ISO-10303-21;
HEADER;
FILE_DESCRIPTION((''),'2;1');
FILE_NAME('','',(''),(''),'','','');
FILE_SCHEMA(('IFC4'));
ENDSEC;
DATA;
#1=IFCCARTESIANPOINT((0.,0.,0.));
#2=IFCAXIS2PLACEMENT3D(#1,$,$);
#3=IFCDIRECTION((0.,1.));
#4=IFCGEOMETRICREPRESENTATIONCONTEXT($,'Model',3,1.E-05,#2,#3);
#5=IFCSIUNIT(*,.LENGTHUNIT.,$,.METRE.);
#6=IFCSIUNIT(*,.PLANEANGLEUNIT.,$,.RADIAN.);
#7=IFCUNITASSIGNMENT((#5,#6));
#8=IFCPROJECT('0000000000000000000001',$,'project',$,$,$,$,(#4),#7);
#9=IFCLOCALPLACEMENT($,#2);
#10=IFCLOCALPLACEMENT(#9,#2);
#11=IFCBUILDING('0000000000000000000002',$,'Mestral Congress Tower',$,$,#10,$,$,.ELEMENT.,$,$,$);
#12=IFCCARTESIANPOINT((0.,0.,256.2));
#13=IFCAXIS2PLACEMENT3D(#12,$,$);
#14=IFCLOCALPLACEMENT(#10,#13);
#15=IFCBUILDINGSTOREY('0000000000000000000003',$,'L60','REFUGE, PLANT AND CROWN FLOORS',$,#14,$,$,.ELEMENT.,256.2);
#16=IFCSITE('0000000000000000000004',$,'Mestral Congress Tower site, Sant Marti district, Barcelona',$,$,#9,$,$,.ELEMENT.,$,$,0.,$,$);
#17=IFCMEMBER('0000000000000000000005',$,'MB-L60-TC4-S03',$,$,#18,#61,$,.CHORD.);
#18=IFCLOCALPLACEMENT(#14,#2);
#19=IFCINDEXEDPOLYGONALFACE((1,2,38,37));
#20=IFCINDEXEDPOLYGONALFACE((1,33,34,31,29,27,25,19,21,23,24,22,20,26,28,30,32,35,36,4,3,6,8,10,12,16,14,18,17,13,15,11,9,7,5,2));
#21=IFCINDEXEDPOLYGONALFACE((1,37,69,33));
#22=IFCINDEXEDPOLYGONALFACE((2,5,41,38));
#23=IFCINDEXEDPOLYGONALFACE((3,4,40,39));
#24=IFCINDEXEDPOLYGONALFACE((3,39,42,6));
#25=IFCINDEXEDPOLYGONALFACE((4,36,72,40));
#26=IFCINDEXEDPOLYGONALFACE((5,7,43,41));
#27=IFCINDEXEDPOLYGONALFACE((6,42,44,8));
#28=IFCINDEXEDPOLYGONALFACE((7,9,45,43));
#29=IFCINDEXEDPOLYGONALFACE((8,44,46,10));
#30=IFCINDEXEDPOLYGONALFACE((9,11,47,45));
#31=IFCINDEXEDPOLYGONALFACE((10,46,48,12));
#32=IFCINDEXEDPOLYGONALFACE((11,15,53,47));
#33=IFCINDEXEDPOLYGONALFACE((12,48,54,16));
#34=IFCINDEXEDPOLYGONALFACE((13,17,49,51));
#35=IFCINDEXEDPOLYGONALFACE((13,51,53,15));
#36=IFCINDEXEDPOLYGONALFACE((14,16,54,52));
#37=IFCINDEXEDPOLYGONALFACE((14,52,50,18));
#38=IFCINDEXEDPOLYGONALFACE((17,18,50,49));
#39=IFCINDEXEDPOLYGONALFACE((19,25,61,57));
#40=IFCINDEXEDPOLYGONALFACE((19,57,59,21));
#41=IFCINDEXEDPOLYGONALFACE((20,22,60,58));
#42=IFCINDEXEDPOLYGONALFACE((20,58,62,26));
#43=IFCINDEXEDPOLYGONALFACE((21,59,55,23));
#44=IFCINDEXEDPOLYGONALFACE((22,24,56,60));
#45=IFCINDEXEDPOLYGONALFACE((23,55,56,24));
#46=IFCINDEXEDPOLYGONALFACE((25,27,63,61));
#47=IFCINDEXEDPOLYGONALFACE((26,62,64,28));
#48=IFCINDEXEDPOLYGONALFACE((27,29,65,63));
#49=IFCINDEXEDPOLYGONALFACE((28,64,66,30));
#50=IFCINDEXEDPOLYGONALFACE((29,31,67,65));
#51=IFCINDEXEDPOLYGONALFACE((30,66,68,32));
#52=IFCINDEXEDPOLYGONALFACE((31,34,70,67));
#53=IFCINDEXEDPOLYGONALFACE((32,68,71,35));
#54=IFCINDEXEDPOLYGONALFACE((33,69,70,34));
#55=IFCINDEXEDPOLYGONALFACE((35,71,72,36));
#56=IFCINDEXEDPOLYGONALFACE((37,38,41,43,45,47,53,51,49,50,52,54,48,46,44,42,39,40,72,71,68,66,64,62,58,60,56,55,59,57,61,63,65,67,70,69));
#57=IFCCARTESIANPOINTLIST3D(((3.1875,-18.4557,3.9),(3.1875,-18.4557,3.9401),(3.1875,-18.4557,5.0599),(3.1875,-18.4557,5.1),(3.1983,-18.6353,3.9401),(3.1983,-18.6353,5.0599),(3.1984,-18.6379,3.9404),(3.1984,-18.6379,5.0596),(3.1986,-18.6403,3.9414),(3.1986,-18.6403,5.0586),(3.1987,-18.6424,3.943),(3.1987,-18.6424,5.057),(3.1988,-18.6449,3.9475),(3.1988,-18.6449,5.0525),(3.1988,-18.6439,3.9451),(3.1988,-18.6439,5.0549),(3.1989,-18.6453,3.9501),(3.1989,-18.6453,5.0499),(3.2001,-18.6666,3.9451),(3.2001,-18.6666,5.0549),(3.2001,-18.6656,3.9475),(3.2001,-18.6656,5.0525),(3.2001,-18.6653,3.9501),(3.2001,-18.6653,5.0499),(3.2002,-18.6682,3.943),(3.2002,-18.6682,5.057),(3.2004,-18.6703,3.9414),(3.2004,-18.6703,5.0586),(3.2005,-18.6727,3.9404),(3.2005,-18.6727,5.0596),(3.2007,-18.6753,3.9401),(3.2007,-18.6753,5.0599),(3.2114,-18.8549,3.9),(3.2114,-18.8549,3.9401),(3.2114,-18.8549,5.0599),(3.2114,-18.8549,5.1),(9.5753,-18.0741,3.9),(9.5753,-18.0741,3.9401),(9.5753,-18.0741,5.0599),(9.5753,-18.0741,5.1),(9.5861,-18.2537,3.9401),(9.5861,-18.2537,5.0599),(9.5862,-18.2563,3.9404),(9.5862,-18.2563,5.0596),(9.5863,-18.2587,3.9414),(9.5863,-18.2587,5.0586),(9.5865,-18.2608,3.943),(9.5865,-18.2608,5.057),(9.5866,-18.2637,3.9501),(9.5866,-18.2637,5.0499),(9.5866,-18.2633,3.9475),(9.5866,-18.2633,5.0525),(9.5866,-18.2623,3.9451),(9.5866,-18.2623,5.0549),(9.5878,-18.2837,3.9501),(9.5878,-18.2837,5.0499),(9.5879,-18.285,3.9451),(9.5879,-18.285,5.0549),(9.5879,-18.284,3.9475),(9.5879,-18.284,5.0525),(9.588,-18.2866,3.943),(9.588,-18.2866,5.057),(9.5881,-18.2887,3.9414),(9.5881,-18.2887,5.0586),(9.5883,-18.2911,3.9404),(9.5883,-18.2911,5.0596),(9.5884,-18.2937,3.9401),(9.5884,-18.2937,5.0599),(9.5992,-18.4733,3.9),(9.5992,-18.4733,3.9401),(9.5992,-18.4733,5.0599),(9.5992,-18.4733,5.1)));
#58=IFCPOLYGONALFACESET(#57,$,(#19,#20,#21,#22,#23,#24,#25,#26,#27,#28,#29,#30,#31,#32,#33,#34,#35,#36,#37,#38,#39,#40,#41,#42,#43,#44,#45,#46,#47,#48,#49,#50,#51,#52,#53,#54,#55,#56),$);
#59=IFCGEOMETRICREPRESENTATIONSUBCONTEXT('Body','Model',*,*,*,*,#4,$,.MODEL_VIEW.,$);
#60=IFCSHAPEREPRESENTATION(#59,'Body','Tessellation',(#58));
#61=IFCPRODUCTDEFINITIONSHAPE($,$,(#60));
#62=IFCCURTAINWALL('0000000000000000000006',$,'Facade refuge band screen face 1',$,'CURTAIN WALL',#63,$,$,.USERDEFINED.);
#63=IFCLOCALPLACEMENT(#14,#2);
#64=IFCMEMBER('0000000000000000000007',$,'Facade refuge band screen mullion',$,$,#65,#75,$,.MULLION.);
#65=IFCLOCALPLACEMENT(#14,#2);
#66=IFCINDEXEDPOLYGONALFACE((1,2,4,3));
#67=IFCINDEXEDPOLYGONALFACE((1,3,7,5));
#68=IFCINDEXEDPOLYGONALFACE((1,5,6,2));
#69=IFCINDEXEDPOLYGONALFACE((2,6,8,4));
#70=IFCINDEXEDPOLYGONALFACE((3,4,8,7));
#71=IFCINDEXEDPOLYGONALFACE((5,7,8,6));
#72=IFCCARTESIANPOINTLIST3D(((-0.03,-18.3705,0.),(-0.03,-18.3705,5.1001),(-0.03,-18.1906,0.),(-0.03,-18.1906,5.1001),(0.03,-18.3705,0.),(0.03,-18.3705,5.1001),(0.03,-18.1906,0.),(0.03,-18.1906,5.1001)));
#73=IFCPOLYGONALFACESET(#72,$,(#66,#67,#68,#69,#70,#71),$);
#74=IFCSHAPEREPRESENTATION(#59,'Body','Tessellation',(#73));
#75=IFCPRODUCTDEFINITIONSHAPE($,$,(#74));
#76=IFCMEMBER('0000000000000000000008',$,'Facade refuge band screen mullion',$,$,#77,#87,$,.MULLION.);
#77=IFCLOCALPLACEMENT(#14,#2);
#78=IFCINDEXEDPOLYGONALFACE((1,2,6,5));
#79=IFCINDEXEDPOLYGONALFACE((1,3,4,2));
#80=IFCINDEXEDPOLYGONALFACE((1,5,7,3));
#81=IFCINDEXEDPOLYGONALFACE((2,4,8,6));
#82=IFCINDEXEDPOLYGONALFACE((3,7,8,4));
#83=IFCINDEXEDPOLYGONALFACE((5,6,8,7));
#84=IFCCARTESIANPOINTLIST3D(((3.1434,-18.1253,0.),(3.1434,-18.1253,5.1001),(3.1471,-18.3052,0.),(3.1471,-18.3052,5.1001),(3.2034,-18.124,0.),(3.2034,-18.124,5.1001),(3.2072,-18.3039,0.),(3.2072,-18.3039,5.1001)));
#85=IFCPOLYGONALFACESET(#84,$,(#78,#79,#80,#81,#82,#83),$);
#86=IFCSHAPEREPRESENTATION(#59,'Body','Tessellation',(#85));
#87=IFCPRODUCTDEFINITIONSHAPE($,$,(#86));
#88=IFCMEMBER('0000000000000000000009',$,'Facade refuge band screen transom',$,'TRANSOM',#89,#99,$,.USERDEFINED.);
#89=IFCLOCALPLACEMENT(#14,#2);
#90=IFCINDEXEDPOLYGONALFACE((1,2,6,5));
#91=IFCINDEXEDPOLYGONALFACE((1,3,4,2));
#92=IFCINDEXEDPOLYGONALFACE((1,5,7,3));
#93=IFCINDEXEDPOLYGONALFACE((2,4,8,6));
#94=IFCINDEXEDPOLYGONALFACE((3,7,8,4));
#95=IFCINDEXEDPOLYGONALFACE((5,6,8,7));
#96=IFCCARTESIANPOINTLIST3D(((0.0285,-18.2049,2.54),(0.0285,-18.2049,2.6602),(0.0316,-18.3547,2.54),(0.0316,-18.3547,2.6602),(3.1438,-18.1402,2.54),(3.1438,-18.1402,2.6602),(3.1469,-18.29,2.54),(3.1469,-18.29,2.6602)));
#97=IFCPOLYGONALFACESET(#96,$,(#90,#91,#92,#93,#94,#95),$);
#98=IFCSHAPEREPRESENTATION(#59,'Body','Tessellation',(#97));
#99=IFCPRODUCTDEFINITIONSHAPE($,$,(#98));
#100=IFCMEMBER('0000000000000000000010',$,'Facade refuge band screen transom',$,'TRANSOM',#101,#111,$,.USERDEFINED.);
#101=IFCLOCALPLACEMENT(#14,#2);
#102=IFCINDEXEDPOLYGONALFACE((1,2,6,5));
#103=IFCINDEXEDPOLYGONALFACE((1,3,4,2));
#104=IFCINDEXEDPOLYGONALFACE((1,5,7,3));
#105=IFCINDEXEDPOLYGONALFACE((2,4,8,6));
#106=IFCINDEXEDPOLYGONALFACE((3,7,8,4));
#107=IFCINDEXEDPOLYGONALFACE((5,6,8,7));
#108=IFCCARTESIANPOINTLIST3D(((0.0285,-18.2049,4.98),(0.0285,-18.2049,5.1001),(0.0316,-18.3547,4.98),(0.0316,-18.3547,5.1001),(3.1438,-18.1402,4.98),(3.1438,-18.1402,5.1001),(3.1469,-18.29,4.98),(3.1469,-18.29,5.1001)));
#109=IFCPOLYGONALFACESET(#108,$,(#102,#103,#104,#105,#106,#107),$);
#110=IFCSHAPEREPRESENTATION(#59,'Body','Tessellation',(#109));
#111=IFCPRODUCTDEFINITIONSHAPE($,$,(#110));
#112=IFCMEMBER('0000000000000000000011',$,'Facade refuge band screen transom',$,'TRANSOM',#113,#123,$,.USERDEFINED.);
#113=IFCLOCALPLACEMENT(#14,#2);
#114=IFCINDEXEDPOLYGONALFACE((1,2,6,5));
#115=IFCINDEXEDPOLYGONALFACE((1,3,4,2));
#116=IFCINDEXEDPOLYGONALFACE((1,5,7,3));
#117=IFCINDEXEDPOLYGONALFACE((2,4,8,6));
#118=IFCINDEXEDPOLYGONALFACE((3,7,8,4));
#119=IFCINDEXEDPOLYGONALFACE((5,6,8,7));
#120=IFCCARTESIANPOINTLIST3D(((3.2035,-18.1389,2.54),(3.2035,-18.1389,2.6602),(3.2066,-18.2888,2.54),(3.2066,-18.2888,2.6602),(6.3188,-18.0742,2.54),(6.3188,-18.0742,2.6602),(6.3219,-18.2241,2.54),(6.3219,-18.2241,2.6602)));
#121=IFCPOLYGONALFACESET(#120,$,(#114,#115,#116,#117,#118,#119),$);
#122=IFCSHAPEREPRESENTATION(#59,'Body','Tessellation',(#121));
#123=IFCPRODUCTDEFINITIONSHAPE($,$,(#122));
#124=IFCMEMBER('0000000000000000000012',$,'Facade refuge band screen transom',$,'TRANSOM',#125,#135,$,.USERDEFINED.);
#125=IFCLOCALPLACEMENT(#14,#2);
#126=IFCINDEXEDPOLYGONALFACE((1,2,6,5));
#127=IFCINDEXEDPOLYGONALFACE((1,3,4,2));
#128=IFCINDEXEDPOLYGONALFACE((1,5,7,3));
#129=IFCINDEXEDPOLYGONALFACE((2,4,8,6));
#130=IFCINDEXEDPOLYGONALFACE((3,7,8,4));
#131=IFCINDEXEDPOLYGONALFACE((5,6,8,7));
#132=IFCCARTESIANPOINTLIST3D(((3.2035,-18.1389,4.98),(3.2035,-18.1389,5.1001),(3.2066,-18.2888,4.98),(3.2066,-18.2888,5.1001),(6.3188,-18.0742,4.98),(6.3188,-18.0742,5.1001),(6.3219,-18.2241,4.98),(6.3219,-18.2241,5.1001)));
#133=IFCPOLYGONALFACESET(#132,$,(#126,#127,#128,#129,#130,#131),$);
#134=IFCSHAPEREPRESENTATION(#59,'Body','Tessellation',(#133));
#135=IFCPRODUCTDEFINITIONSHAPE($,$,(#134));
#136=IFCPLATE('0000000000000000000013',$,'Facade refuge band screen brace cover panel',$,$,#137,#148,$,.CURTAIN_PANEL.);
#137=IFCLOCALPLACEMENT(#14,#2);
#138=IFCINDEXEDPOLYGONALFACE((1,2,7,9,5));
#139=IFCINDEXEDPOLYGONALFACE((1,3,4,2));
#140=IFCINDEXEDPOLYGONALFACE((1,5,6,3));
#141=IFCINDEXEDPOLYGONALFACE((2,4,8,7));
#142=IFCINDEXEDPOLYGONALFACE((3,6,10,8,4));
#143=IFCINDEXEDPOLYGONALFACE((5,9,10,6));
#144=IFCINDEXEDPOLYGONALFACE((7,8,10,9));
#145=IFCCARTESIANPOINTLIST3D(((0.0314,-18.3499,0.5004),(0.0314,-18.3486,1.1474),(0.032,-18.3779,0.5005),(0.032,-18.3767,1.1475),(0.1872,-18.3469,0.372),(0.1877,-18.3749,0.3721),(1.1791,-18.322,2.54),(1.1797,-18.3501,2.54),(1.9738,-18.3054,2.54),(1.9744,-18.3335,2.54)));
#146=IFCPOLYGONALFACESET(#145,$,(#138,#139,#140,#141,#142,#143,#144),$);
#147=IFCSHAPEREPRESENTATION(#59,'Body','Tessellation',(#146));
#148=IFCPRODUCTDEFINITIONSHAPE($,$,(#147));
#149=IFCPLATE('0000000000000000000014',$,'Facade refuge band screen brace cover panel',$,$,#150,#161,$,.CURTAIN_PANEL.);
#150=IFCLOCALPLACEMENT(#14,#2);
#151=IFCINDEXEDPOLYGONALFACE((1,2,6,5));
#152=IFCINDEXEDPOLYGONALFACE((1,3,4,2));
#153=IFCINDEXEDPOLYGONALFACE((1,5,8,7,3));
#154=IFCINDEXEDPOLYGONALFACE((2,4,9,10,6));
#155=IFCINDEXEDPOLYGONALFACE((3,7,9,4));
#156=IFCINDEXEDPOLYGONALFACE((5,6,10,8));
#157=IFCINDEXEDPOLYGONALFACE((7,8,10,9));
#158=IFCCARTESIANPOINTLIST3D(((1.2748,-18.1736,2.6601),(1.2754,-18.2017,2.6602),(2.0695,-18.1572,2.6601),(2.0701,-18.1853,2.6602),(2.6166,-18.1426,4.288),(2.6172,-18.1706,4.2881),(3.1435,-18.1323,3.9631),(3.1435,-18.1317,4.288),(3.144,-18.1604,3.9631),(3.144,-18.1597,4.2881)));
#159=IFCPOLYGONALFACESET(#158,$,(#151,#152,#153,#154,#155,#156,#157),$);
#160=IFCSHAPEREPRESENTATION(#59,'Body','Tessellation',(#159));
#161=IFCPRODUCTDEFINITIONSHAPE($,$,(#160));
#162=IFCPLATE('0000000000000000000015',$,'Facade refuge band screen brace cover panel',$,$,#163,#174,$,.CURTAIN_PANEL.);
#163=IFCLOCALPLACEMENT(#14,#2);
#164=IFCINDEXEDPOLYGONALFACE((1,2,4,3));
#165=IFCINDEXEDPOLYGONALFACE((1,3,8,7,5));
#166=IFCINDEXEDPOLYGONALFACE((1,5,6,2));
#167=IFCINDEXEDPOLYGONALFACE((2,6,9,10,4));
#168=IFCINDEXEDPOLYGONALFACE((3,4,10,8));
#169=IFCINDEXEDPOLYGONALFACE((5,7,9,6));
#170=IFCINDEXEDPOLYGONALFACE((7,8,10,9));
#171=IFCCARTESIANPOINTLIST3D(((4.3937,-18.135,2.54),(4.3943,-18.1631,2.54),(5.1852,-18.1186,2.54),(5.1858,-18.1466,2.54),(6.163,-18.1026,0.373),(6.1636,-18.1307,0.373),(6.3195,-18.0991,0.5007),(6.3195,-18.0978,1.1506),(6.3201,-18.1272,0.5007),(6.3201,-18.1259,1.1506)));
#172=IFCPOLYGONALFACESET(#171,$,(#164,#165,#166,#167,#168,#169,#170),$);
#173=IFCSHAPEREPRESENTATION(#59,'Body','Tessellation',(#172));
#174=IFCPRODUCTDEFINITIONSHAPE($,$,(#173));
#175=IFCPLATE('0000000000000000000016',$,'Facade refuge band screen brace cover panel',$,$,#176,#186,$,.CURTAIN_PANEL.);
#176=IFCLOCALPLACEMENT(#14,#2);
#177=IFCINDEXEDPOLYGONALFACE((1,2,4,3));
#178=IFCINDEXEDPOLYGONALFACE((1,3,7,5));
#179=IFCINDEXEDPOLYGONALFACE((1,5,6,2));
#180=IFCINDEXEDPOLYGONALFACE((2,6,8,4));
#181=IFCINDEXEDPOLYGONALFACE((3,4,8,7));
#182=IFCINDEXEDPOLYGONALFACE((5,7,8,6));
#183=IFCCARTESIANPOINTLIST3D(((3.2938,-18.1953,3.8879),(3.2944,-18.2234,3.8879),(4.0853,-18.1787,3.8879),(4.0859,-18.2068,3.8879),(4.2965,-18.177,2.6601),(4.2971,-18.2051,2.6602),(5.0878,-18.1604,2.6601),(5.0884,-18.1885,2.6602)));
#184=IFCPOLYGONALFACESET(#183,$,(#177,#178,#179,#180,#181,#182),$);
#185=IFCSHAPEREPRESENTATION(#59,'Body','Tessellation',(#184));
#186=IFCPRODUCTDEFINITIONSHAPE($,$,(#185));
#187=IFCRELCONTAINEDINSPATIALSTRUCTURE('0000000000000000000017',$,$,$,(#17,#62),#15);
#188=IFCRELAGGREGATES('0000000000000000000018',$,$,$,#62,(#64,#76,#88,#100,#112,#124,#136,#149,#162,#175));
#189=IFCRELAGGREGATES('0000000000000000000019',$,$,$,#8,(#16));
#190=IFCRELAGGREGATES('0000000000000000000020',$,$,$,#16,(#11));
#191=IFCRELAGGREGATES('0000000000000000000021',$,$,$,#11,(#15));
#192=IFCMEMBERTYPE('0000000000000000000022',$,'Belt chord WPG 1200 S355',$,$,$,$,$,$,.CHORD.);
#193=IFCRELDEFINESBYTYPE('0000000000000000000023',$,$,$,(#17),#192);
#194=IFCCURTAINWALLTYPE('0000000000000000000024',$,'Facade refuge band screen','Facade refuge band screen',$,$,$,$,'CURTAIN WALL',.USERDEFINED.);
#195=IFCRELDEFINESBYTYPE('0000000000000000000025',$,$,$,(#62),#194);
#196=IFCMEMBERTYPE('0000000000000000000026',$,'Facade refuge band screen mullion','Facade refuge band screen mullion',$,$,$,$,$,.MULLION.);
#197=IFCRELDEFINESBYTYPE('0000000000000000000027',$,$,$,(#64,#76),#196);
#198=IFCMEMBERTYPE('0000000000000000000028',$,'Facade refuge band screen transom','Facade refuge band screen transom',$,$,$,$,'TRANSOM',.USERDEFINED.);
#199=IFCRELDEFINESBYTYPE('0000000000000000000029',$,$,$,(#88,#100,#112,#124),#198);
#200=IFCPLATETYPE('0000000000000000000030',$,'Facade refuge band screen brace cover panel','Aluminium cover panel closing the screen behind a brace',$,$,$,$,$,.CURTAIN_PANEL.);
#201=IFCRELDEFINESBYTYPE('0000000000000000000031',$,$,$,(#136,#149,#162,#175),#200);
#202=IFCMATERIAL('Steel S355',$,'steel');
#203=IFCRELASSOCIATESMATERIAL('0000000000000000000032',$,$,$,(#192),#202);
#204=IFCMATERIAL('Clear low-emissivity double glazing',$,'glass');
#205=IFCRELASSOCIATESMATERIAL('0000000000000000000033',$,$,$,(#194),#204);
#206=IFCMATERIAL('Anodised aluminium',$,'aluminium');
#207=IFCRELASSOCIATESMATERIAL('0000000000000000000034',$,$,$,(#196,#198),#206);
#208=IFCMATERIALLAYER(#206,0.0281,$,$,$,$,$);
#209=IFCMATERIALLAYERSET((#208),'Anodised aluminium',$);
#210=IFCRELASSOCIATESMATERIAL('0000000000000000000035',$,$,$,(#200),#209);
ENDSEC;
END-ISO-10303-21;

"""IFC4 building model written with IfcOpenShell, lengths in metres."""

from ifc_helpers import new_model, si_unit, direction, frame, origin, origin_2d, place, context, subcontext, project, spatial, polyline, rectangle, i_section, outline, extrude, material, layer, layer_set, material_profile, profile_set, type_object, element, aggregate, save


model = new_model("IFC4")

# Units and contexts
model_context = context("Model", 3, precision=1e-05, world=origin(), true_north=direction((0.0, 1.0)))
body_context = subcontext(model_context, "Body", "Model", "MODEL_VIEW")
ifc_project = project(units=[si_unit("LENGTHUNIT", "METRE"), si_unit("PLANEANGLEUNIT", "RADIAN")], contexts=[model_context])

# Site, building, storey
site_placement = place(None, origin())
site = spatial("IfcSite", under=ifc_project, at=site_placement, Name="Mestral Congress Tower site, Sant Marti district, Barcelona", CompositionType="ELEMENT", RefElevation=0.0)
building_placement = place(site_placement, origin())
building = spatial("IfcBuilding", under=site, at=building_placement, Name="Mestral Congress Tower", CompositionType="ELEMENT")
storey_placement = place(building_placement, frame((0.0, 0.0, 256.2)))
storey = spatial("IfcBuildingStorey", under=building, at=storey_placement, Name="L60", Description="REFUGE, PLANT AND CROWN FLOORS", CompositionType="ELEMENT", Elevation=256.2)

# Member
ifc_material_1 = material(Name="Steel S355", Category="steel")
ifc_material_profile_1 = material_profile(ifc_material_1, i_section(OverallWidth=0.3999, OverallDepth=1.2, WebThickness=0.02, FlangeThickness=0.04, FilletRadius=0.01, at=origin_2d()), Name="WPG 1200")
ifc_profile_set_1 = profile_set([ifc_material_profile_1], Name="Steel S355")
member_type_1 = type_object("IfcMemberType", Name="Belt chord WPG 1200 S355", PredefinedType="CHORD", material=ifc_profile_set_1)
member_1_placement = place(storey_placement, frame((3.1995, -18.6553, 4.5), z_axis=(0.99822, 0.059632, 0.0), x_axis=(-0.059632, 0.99822, 0.0)))
element("IfcMember", 1, at=member_1_placement, inside=storey, type_object=member_type_1, Name="MB-L60-TC4-S03", PredefinedType="CHORD", context=body_context, shape_type="SweptSolid", body=[
    extrude(i_section(OverallWidth=0.3999, OverallDepth=1.2, WebThickness=0.02, FlangeThickness=0.04, FilletRadius=0.01, at=origin_2d()), origin(), (0.0, 0.0, 1.0), 6.3992),
])

# Curtain wall, members, plates
ifc_material_2 = material(Name="Clear low-emissivity double glazing", Category="glass")
curtain_wall_type = type_object("IfcCurtainWallType", Name="Facade refuge band screen", Description="Facade refuge band screen", ElementType="CURTAIN WALL", PredefinedType="USERDEFINED", material=ifc_material_2)
curtain_wall_placement = place(storey_placement, origin())
curtain_wall = element("IfcCurtainWall", 2, at=curtain_wall_placement, inside=storey, type_object=curtain_wall_type, Name="Facade refuge band screen face 1", ObjectType="CURTAIN WALL", PredefinedType="USERDEFINED")
ifc_material_3 = material(Name="Anodised aluminium", Category="aluminium")
ifc_material_profile_2 = material_profile(ifc_material_3, rectangle(XDim=0.1799, YDim=0.0601, at=origin_2d()), Name="CW3 mullion 180 x 60")
ifc_profile_set_2 = profile_set([ifc_material_profile_2], Name="Anodised aluminium")
member_type_2 = type_object("IfcMemberType", Name="Facade refuge band screen mullion", Description="Facade refuge band screen mullion", PredefinedType="MULLION", material=ifc_profile_set_2)
member_2_placement = place(storey_placement, frame((0.0, -18.2805, 0.0), z_axis=(0.0, 0.0, 1.0), x_axis=(0.0, -1.0, 0.0)))
member_2 = element("IfcMember", 3, at=member_2_placement, type_object=member_type_2, Name="Facade refuge band screen mullion", PredefinedType="MULLION", context=body_context, shape_type="SweptSolid", body=[
    extrude(rectangle(XDim=0.1799, YDim=0.0601, at=origin_2d()), origin(), (0.0, 0.0, 1.0), 5.1001),
])
member_3_placement = place(storey_placement, frame((3.1753, -18.2146, 0.0), z_axis=(0.0, 0.0, 1.0), x_axis=(0.02075, -0.999785, 0.0)))
member_3 = element("IfcMember", 4, at=member_3_placement, type_object=member_type_2, Name="Facade refuge band screen mullion", PredefinedType="MULLION", context=body_context, shape_type="SweptSolid", body=[
    extrude(rectangle(XDim=0.1799, YDim=0.0601, at=origin_2d()), origin(), (0.0, 0.0, 1.0), 5.1001),
])
ifc_material_profile_3 = material_profile(ifc_material_3, rectangle(XDim=0.1499, YDim=0.1201, at=origin_2d()), Name="CW3 transom 150 x 120")
ifc_profile_set_3 = profile_set([ifc_material_profile_3], Name="Anodised aluminium")
member_type_3 = type_object("IfcMemberType", Name="Facade refuge band screen transom", Description="Facade refuge band screen transom", ElementType="TRANSOM", PredefinedType="USERDEFINED", material=ifc_profile_set_3)
member_4_placement = place(storey_placement, frame((0.03, -18.2798, 2.6001), z_axis=(0.999784, 0.020764, 0.0), x_axis=(-0.020764, 0.999784, 0.0)))
member_4 = element("IfcMember", 5, at=member_4_placement, type_object=member_type_3, Name="Facade refuge band screen transom", ObjectType="TRANSOM", PredefinedType="USERDEFINED", context=body_context, shape_type="SweptSolid", body=[
    extrude(rectangle(XDim=0.1499, YDim=0.1201, at=origin_2d()), origin(), (0.0, 0.0, 1.0), 3.116),
])
member_5_placement = place(storey_placement, frame((0.03, -18.2798, 5.04), z_axis=(0.999784, 0.020764, 0.0), x_axis=(-0.020764, 0.999784, 0.0)))
member_5 = element("IfcMember", 6, at=member_5_placement, type_object=member_type_3, Name="Facade refuge band screen transom", ObjectType="TRANSOM", PredefinedType="USERDEFINED", context=body_context, shape_type="SweptSolid", body=[
    extrude(rectangle(XDim=0.1499, YDim=0.1201, at=origin_2d()), origin(), (0.0, 0.0, 1.0), 3.116),
])
member_6_placement = place(storey_placement, frame((3.2051, -18.2139, 2.6001), z_axis=(0.999784, 0.020764, 0.0), x_axis=(-0.020764, 0.999784, 0.0)))
member_6 = element("IfcMember", 7, at=member_6_placement, type_object=member_type_3, Name="Facade refuge band screen transom", ObjectType="TRANSOM", PredefinedType="USERDEFINED", context=body_context, shape_type="SweptSolid", body=[
    extrude(rectangle(XDim=0.1499, YDim=0.1201, at=origin_2d()), origin(), (0.0, 0.0, 1.0), 3.116),
])
member_7_placement = place(storey_placement, frame((3.2051, -18.2139, 5.04), z_axis=(0.999784, 0.020764, 0.0), x_axis=(-0.020764, 0.999784, 0.0)))
member_7 = element("IfcMember", 8, at=member_7_placement, type_object=member_type_3, Name="Facade refuge band screen transom", ObjectType="TRANSOM", PredefinedType="USERDEFINED", context=body_context, shape_type="SweptSolid", body=[
    extrude(rectangle(XDim=0.1499, YDim=0.1201, at=origin_2d()), origin(), (0.0, 0.0, 1.0), 3.116),
])
ifc_layer_1 = layer(ifc_material_3, 0.0281)
ifc_layer_set_1 = layer_set([ifc_layer_1], Name="Anodised aluminium")
plate_type_1 = type_object("IfcPlateType", Name="Facade refuge band screen brace cover panel", Description="Aluminium cover panel closing the screen behind a brace", PredefinedType="CURTAIN_PANEL", material=ifc_layer_set_1)
plate_1_placement = place(storey_placement, frame((1.9744, -18.3335, 2.54), z_axis=(0.020831, -0.999781, 0.001943), x_axis=(-0.6359, -0.014749, -0.77163)))
plate_1 = element("IfcPlate", 9, at=plate_1_placement, type_object=plate_type_1, Name="Facade refuge band screen brace cover panel", PredefinedType="CURTAIN_PANEL", context=body_context, shape_type="SweptSolid", body=[
    extrude(outline(polyline([(0.0, 0.0), (2.8096, 0.0), (2.8096, -0.2019), (2.3104, -0.6134), (0.5056, -0.6133), (0.0, 0.0)])), origin(), (0.0, 0.0, -1.0), 0.0281),
])
plate_2_placement = place(storey_placement, frame((2.0701, -18.1853, 2.6602), z_axis=(0.020653, -0.999785, 0.002073), x_axis=(-0.999787, -0.020653, 0.0)))
plate_2 = element("IfcPlate", 10, at=plate_2_placement, type_object=plate_type_1, Name="Facade refuge band screen brace cover panel", PredefinedType="CURTAIN_PANEL", context=body_context, shape_type="SweptSolid", body=[
    extrude(outline(polyline([(0.0, 0.0), (0.7948, 0.0), (-0.5473, -1.6279), (-1.0743, -1.6279), (-1.0743, -1.303), (0.0, 0.0)])), origin(), (0.0, 0.0, -1.0), 0.0281),
])
plate_3_placement = place(storey_placement, frame((6.3201, -18.1272, 0.5007), z_axis=(0.020772, -0.999782, 0.002028), x_axis=(-0.774707, -0.017378, -0.632082)))
plate_3 = element("IfcPlate", 11, at=plate_3_placement, type_object=plate_type_1, Name="Facade refuge band screen brace cover panel", PredefinedType="CURTAIN_PANEL", context=body_context, shape_type="SweptSolid", body=[
    extrude(outline(polyline([(0.0, 0.0), (0.202, 0.0), (0.2035, -2.7977), (-0.4099, -2.2973), (-0.4108, -0.5036), (0.0, 0.0)])), origin(), (0.0, 0.0, -1.0), 0.0281),
])
plate_4_placement = place(storey_placement, frame((4.2971, -18.2051, 2.6602), z_axis=(0.020973, -0.999778, 0.002216), x_axis=(-0.632491, -0.011552, 0.774482)))
plate_4 = element("IfcPlate", 12, at=plate_4_placement, type_object=plate_type_1, Name="Facade refuge band screen brace cover panel", PredefinedType="CURTAIN_PANEL", context=body_context, shape_type="SweptSolid", body=[
    extrude(outline(polyline([(0.0, 0.0), (1.5853, 0.0), (1.0845, -0.6131), (-0.5007, -0.613), (0.0, 0.0)])), origin(), (0.0, 0.0, -1.0), 0.0281),
])

aggregate(curtain_wall, [member_2, member_3, member_4, member_5, member_6, member_7, plate_1, plate_2, plate_3, plate_4])

save(model, "model.ifc")
